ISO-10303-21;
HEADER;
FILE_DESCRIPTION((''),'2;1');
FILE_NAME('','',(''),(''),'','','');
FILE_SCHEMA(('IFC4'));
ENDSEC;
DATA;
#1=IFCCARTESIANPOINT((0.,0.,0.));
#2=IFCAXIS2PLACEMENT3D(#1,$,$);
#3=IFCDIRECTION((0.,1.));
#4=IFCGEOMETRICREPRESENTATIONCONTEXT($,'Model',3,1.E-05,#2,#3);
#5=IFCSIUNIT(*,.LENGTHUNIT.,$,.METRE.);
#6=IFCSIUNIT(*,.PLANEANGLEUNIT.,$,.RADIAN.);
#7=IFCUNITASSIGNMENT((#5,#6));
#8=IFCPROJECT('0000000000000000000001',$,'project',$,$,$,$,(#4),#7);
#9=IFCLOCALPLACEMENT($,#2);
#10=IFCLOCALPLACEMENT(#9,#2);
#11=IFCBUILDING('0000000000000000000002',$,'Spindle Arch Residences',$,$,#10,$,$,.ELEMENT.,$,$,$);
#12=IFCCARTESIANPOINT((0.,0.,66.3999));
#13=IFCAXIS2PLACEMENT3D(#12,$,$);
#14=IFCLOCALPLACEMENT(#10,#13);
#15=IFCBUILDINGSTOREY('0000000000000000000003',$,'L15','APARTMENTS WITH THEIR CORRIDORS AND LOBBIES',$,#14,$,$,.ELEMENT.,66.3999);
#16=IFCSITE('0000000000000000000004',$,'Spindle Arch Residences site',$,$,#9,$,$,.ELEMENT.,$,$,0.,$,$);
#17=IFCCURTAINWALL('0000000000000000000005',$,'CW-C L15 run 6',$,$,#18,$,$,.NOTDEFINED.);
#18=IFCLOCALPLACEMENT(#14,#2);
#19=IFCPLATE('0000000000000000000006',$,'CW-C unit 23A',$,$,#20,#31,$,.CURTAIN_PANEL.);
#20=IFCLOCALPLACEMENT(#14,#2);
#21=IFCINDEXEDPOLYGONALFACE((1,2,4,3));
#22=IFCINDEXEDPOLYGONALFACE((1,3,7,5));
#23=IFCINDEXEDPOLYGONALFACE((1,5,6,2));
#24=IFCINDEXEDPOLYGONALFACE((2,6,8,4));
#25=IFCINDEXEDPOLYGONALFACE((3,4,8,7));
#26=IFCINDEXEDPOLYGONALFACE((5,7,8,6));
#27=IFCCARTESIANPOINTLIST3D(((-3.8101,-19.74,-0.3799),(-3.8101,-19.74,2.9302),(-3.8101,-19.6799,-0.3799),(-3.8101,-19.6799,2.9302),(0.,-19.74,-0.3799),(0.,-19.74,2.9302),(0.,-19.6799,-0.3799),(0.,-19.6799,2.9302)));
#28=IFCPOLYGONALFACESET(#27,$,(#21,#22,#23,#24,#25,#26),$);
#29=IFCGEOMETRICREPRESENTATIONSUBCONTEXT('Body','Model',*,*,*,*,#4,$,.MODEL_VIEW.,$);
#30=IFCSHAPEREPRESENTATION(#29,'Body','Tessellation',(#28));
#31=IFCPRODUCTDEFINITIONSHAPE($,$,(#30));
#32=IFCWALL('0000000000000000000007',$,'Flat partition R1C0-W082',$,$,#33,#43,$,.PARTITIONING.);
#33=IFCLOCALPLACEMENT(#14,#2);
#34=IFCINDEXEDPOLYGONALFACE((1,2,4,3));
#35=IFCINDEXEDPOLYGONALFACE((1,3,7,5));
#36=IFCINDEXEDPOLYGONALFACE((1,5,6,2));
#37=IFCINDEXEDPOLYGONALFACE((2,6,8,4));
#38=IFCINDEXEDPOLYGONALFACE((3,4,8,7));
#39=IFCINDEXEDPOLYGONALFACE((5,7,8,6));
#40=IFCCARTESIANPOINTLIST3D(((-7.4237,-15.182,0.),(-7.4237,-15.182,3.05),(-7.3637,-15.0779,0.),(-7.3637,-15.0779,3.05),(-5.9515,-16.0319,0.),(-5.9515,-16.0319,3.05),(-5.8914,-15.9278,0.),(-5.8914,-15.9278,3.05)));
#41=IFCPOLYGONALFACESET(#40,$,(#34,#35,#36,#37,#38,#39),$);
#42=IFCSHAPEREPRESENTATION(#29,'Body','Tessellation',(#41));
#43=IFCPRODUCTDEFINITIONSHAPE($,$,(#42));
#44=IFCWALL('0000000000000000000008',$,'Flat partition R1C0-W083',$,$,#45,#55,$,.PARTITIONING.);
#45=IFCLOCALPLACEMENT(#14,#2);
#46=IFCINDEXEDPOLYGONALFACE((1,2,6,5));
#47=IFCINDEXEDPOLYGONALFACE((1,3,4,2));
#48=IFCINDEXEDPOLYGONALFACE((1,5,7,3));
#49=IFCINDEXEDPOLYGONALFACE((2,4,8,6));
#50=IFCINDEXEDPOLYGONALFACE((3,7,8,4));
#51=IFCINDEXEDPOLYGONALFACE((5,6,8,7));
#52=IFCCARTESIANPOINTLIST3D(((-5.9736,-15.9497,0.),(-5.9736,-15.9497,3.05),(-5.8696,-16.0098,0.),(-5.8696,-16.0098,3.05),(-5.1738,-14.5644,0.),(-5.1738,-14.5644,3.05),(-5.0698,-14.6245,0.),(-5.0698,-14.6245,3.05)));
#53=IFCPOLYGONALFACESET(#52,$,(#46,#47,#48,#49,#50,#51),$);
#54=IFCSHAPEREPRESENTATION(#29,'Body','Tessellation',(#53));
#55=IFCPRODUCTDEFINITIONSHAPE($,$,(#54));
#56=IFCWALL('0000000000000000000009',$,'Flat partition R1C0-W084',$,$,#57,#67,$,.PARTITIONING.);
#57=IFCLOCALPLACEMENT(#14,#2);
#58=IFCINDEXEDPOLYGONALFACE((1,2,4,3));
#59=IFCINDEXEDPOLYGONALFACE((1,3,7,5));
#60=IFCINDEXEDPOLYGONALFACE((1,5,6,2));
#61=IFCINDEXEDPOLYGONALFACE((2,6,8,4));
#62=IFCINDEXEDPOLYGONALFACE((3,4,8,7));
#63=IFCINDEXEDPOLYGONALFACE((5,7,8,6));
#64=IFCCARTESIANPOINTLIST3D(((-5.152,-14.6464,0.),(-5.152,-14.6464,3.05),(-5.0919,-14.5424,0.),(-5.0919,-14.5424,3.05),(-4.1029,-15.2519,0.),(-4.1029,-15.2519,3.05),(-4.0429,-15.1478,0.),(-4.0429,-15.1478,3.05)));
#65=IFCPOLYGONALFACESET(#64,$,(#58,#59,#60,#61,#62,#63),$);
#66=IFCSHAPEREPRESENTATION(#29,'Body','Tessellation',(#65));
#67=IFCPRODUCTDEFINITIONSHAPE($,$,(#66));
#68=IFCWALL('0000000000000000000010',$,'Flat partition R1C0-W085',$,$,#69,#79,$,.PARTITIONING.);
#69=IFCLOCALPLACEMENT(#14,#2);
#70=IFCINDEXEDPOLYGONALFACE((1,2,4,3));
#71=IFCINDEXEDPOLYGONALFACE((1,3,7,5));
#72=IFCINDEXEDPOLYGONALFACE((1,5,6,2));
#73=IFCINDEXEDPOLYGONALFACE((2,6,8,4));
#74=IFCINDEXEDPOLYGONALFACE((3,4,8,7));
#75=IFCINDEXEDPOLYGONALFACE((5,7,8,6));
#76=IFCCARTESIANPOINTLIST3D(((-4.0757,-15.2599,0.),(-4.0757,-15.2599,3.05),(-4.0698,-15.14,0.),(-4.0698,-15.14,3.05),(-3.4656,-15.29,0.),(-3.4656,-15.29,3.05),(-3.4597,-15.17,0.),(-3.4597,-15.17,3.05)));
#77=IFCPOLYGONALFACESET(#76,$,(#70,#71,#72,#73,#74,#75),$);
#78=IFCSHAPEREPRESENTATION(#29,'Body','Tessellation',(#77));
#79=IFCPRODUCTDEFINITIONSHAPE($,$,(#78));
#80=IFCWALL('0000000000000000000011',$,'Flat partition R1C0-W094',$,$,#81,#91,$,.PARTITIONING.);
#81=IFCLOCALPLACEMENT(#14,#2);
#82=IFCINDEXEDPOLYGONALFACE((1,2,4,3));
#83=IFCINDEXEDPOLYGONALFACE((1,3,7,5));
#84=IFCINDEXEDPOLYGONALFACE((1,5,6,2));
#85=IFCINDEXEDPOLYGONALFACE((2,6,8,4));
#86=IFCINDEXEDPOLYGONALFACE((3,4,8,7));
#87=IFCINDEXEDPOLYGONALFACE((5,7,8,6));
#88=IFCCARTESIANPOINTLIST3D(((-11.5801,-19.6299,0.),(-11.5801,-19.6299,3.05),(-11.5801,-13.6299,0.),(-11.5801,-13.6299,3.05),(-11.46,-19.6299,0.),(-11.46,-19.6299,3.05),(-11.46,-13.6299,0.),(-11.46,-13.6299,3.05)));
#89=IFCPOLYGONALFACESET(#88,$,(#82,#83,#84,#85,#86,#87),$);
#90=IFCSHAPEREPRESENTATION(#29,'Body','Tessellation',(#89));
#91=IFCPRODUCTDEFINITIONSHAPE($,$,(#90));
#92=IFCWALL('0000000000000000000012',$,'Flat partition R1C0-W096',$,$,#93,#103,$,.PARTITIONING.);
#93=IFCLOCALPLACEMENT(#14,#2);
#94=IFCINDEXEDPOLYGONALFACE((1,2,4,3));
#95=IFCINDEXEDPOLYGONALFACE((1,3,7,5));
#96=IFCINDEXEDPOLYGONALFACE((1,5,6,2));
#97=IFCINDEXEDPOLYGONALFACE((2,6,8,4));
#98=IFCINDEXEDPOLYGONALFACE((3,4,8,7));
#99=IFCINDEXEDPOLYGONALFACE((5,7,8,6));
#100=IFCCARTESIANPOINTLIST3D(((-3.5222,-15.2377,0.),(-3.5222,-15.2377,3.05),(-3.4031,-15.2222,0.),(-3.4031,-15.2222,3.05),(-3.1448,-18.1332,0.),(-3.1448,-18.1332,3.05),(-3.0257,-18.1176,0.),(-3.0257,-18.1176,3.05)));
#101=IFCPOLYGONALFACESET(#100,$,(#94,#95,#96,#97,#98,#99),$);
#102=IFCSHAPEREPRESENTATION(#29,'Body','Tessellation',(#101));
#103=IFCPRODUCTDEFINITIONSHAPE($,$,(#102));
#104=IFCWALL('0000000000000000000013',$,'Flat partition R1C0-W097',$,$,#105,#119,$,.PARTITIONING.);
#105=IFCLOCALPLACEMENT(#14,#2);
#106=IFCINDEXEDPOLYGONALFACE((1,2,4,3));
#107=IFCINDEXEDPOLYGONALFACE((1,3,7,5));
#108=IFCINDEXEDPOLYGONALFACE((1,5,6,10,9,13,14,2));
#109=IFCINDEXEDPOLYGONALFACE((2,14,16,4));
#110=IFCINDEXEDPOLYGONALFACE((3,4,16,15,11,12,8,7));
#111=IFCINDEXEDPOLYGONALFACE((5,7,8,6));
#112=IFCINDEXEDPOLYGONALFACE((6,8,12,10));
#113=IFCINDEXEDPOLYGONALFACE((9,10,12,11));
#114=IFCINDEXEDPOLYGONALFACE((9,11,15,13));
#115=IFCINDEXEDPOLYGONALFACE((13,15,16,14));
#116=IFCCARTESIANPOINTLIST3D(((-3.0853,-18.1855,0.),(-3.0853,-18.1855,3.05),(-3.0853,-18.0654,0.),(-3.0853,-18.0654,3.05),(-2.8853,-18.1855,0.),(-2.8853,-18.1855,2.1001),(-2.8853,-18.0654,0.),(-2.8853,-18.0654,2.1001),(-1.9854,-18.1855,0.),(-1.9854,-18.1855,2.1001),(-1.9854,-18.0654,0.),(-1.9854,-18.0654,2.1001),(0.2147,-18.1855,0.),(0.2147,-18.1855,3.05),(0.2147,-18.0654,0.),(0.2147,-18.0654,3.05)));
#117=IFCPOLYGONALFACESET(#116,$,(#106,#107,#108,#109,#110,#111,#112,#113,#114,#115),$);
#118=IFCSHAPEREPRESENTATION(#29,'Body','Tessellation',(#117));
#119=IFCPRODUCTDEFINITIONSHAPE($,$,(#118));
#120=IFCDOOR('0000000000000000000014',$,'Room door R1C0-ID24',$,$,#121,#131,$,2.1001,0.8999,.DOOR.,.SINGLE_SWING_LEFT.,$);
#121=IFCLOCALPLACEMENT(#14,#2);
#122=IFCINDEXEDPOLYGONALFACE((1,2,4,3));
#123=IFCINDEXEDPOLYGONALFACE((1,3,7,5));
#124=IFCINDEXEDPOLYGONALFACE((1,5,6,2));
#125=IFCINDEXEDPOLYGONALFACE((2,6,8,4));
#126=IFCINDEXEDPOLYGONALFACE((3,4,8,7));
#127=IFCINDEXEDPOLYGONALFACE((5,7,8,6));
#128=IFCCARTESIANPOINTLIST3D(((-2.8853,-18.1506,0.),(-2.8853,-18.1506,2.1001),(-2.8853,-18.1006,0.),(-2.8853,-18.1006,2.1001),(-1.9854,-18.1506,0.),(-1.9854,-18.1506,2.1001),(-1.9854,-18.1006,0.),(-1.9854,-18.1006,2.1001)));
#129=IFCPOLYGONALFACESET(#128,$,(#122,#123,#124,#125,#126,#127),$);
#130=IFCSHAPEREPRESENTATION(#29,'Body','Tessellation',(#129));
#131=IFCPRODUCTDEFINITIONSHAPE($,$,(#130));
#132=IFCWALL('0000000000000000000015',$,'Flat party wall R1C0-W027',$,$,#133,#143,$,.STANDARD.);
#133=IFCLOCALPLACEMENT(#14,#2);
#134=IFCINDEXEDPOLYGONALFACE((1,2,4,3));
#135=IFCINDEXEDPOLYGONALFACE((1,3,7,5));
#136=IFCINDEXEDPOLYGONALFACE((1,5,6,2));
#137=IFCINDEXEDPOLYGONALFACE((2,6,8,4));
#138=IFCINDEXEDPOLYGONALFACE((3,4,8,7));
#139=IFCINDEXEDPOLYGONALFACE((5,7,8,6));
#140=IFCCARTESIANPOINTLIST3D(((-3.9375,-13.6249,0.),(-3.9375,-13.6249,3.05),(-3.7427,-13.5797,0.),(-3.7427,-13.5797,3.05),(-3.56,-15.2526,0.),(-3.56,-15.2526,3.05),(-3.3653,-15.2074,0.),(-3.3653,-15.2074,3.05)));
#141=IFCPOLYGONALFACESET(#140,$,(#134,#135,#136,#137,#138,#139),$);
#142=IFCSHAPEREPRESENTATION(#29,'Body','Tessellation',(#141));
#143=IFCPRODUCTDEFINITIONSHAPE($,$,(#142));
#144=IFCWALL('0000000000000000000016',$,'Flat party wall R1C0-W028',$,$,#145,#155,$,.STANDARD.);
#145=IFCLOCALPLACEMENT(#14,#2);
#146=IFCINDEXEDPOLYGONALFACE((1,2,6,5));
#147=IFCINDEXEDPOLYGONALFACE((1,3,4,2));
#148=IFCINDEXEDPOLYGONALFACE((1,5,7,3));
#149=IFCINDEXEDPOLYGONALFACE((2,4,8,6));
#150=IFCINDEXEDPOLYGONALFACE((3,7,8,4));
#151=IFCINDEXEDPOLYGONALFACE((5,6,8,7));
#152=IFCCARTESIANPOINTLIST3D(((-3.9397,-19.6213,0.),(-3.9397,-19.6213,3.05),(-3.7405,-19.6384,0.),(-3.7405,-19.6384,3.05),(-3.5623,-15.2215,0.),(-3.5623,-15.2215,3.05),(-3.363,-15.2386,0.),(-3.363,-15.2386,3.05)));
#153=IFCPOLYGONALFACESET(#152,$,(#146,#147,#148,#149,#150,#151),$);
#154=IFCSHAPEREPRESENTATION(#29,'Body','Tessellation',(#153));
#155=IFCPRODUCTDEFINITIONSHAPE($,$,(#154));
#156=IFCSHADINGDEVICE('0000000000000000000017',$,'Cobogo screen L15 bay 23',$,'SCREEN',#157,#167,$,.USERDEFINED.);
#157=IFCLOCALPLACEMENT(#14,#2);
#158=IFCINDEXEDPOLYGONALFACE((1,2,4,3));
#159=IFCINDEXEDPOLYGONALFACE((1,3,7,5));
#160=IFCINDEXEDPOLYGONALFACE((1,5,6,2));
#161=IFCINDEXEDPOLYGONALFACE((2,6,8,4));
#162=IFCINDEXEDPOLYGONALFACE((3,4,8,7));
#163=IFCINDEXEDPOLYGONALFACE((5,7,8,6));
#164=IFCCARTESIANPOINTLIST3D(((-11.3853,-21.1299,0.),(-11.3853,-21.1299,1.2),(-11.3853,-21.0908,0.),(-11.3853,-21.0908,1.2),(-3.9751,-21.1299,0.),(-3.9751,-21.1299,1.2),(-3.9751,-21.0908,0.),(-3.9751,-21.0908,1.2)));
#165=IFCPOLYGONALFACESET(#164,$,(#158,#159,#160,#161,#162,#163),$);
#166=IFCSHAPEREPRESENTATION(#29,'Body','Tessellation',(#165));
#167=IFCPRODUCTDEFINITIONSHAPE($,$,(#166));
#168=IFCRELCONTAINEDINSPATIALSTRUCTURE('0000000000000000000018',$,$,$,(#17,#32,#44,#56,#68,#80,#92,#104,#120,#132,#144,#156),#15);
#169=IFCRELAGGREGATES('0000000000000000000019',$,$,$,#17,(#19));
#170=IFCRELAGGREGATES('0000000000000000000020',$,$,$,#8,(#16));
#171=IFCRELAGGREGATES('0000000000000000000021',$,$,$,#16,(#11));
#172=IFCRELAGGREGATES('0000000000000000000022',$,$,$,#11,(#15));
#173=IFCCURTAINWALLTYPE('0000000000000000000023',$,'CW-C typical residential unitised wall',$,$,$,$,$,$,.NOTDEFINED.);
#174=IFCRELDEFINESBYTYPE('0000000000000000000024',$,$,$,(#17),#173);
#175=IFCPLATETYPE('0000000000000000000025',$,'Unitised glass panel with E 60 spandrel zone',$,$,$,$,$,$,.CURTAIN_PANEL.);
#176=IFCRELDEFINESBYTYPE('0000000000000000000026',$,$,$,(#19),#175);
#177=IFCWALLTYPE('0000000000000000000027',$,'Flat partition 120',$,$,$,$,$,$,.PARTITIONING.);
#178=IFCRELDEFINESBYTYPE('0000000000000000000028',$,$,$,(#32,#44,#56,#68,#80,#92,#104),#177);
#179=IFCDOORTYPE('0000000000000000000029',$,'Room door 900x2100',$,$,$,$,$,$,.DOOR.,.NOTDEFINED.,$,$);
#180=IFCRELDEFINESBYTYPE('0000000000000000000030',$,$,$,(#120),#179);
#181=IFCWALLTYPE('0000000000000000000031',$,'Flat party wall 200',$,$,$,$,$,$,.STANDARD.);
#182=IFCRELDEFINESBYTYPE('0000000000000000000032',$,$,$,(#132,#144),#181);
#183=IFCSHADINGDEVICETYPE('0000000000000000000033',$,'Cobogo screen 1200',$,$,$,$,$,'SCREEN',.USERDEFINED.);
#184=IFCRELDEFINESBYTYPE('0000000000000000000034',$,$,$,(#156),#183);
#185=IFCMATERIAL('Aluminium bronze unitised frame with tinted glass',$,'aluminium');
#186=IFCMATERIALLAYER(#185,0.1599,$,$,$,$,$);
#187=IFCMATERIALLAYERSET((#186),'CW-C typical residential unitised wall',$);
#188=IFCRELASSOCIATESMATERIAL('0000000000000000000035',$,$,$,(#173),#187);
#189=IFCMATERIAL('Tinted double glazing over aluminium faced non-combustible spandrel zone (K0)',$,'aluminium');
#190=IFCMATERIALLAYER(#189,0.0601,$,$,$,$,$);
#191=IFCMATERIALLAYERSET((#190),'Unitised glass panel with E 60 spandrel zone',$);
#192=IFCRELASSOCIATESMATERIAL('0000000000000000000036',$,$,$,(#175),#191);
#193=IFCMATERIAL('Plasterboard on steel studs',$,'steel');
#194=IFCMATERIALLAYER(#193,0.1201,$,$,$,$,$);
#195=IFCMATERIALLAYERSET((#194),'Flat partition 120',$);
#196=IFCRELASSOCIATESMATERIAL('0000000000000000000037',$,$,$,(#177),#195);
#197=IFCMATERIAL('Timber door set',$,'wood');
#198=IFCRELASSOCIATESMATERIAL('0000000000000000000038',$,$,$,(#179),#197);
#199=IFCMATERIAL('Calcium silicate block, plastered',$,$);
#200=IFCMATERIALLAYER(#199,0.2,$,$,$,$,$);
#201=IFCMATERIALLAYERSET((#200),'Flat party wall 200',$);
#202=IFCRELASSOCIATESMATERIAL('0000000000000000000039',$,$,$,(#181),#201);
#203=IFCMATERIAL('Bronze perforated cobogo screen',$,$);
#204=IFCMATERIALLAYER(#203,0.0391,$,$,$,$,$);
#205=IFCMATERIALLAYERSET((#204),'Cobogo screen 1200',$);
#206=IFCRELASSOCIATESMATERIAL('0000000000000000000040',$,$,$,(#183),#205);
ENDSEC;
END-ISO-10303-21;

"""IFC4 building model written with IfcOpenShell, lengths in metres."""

from ifc_helpers import new_model, si_unit, direction, frame, frame_2d, origin, origin_2d, place, context, subcontext, project, spatial, rectangle, extrude, material, layer, layer_set, type_object, element, fill, aggregate, save


model = new_model("IFC4")

# Units and contexts
model_context = context("Model", 3, precision=1e-05, world=origin(), true_north=direction((0.0, 1.0)))
body_context = subcontext(model_context, "Body", "Model", "MODEL_VIEW")
ifc_project = project(units=[si_unit("LENGTHUNIT", "METRE"), si_unit("PLANEANGLEUNIT", "RADIAN")], contexts=[model_context])

# Site, building, storey
site_placement = place(None, origin())
site = spatial("IfcSite", under=ifc_project, at=site_placement, Name="Spindle Arch Residences site", CompositionType="ELEMENT", RefElevation=0.0)
building_placement = place(site_placement, origin())
building = spatial("IfcBuilding", under=site, at=building_placement, Name="Spindle Arch Residences", CompositionType="ELEMENT")
storey_placement = place(building_placement, frame((0.0, 0.0, 66.3999)))
storey = spatial("IfcBuildingStorey", under=building, at=storey_placement, Name="L15", Description="APARTMENTS WITH THEIR CORRIDORS AND LOBBIES", CompositionType="ELEMENT", Elevation=66.3999)

# Curtain wall
ifc_material_1 = material(Name="Aluminium bronze unitised frame with tinted glass", Category="aluminium")
ifc_layer_1 = layer(ifc_material_1, 0.1599)
ifc_layer_set_1 = layer_set([ifc_layer_1], Name="CW-C typical residential unitised wall")
curtain_wall_type = type_object("IfcCurtainWallType", Name="CW-C typical residential unitised wall", PredefinedType="NOTDEFINED", material=ifc_layer_set_1)
curtain_wall_placement = place(storey_placement, origin())
curtain_wall = element("IfcCurtainWall", 1, at=curtain_wall_placement, inside=storey, type_object=curtain_wall_type, Name="CW-C L15 run 6", PredefinedType="NOTDEFINED")

# Plate
ifc_material_2 = material(Name="Tinted double glazing over aluminium faced non-combustible spandrel zone (K0)", Category="aluminium")
ifc_layer_2 = layer(ifc_material_2, 0.0601)
ifc_layer_set_2 = layer_set([ifc_layer_2], Name="Unitised glass panel with E 60 spandrel zone")
plate_type = type_object("IfcPlateType", Name="Unitised glass panel with E 60 spandrel zone", PredefinedType="CURTAIN_PANEL", material=ifc_layer_set_2)
plate_1_placement = place(storey_placement, frame((-1.905, -19.71, -0.3799), z_axis=(0.0, 0.0, 1.0), x_axis=(1.0, 0.0, 0.0)))
plate_1 = element("IfcPlate", 2, at=plate_1_placement, type_object=plate_type, Name="CW-C unit 23A", PredefinedType="CURTAIN_PANEL", context=body_context, shape_type="SweptSolid", body=[
    extrude(rectangle(XDim=3.8101, YDim=0.0601, at=origin_2d()), origin(), (0.0, 0.0, 1.0), 3.3101),
])
aggregate(curtain_wall, [plate_1])

# Walls
ifc_material_3 = material(Name="Plasterboard on steel studs", Category="steel")
ifc_layer_3 = layer(ifc_material_3, 0.1201)
ifc_layer_set_3 = layer_set([ifc_layer_3], Name="Flat partition 120")
wall_type_1 = type_object("IfcWallType", Name="Flat partition 120", PredefinedType="PARTITIONING", material=ifc_layer_set_3)
wall_1_placement = place(storey_placement, frame((-7.3938, -15.1299, 0.0), z_axis=(0.0, 0.0, 1.0), x_axis=(0.866052, -0.499955, 0.0)))
element("IfcWall", 3, at=wall_1_placement, inside=storey, type_object=wall_type_1, Name="Flat partition R1C0-W082", PredefinedType="PARTITIONING", context=body_context, shape_type="SweptSolid", body=[
    extrude(rectangle(XDim=1.7, YDim=0.1201, at=frame_2d((0.8501, 0.0))), origin(), (0.0, 0.0, 1.0), 3.05),
])
wall_2_placement = place(storey_placement, frame((-5.9216, -15.9797, 0.0), z_axis=(0.0, 0.0, 1.0), x_axis=(0.500013, 0.866018, 0.0)))
element("IfcWall", 4, at=wall_2_placement, inside=storey, type_object=wall_type_1, Name="Flat partition R1C0-W083", PredefinedType="PARTITIONING", context=body_context, shape_type="SweptSolid", body=[
    extrude(rectangle(XDim=1.5996, YDim=0.1201, at=frame_2d((0.7998, 0.0))), origin(), (0.0, 0.0, 1.0), 3.05),
])
wall_3_placement = place(storey_placement, frame((-5.1218, -14.5945, 0.0), z_axis=(0.0, 0.0, 1.0), x_axis=(0.866102, -0.499868, 0.0)))
element("IfcWall", 5, at=wall_3_placement, inside=storey, type_object=wall_type_1, Name="Flat partition R1C0-W084", PredefinedType="PARTITIONING", context=body_context, shape_type="SweptSolid", body=[
    extrude(rectangle(XDim=1.2112, YDim=0.1201, at=frame_2d((0.6055, 0.0))), origin(), (0.0, 0.0, 1.0), 3.05),
])
wall_4_placement = place(storey_placement, frame((-4.0728, -15.2, 0.0), z_axis=(0.0, 0.0, 1.0), x_axis=(0.998791, -0.04916, 0.0)))
element("IfcWall", 6, at=wall_4_placement, inside=storey, type_object=wall_type_1, Name="Flat partition R1C0-W085", PredefinedType="PARTITIONING", context=body_context, shape_type="SweptSolid", body=[
    extrude(rectangle(XDim=0.6108, YDim=0.1201, at=frame_2d((0.3054, 0.0))), origin(), (0.0, 0.0, 1.0), 3.05),
])
wall_5_placement = place(storey_placement, frame((-11.52, -19.6299, 0.0), z_axis=(0.0, 0.0, 1.0), x_axis=(0.0, 1.0, 0.0)))
element("IfcWall", 7, at=wall_5_placement, inside=storey, type_object=wall_type_1, Name="Flat partition R1C0-W094", PredefinedType="PARTITIONING", context=body_context, shape_type="SweptSolid", body=[
    extrude(rectangle(XDim=6.0, YDim=0.1201, at=frame_2d((3.0, 0.0))), origin(), (0.0, 0.0, 1.0), 3.05),
])
wall_6_placement = place(storey_placement, frame((-3.4626, -15.23, 0.0), z_axis=(0.0, 0.0, 1.0), x_axis=(0.129261, -0.991611, 0.0)))
element("IfcWall", 8, at=wall_6_placement, inside=storey, type_object=wall_type_1, Name="Flat partition R1C0-W096", PredefinedType="PARTITIONING", context=body_context, shape_type="SweptSolid", body=[
    extrude(rectangle(XDim=2.9199, YDim=0.1201, at=frame_2d((1.46, 0.0))), origin(), (0.0, 0.0, 1.0), 3.05),
])

# Wall, opening, door
wall_7_placement = place(storey_placement, frame((-3.0852, -18.1255, 0.0), z_axis=(0.0, 0.0, 1.0), x_axis=(1.0, 0.0, 0.0)))
wall_7 = element("IfcWall", 9, at=wall_7_placement, inside=storey, type_object=wall_type_1, Name="Flat partition R1C0-W097", PredefinedType="PARTITIONING", context=body_context, shape_type="SweptSolid", body=[
    extrude(rectangle(XDim=3.3, YDim=0.1201, at=frame_2d((1.6499, 0.0))), origin(), (0.0, 0.0, 1.0), 3.05),
])
opening_1_placement = place(wall_7_placement, frame((0.2, 0.0, 0.0)))
opening_1 = element("IfcOpeningElement", 10, at=opening_1_placement, cuts=wall_7, PredefinedType="OPENING", context=body_context, shape_type="SweptSolid", body=[
    extrude(rectangle(XDim=0.8999, YDim=2.1001, at=frame_2d((0.45, 1.05))), frame((0.0, 0.0701, 0.0), z_axis=(0.0, -1.0, 0.0), x_axis=(1.0, 0.0, 0.0)), (0.0, 0.0, 1.0), 0.1401),
])
ifc_material_4 = material(Name="Timber door set", Category="wood")
door_type_1 = type_object("IfcDoorType", Name="Room door 900x2100", OperationType="NOTDEFINED", PredefinedType="DOOR", material=ifc_material_4)
door_1_placement = place(opening_1_placement, origin())
door_1 = element("IfcDoor", 11, at=door_1_placement, inside=storey, type_object=door_type_1, Name="Room door R1C0-ID24", OperationType="SINGLE_SWING_LEFT", OverallHeight=2.1001, OverallWidth=0.8999, PredefinedType="DOOR", context=body_context, shape_type="SweptSolid", body=[
    extrude(rectangle(XDim=0.8999, YDim=2.1001, at=frame_2d((0.45, 1.05))), frame((0.0, 0.0249, 0.0), z_axis=(0.0, -1.0, 0.0), x_axis=(1.0, 0.0, 0.0)), (0.0, 0.0, 1.0), 0.05),
])
fill(opening_1, door_1)

# Walls
ifc_material_5 = material(Name="Calcium silicate block, plastered")
ifc_layer_4 = layer(ifc_material_5, 0.2)
ifc_layer_set_4 = layer_set([ifc_layer_4], Name="Flat party wall 200")
wall_type_2 = type_object("IfcWallType", Name="Flat party wall 200", PredefinedType="STANDARD", material=ifc_layer_set_4)
wall_8_placement = place(storey_placement, frame((-3.4626, -15.23, 0.0), z_axis=(0.0, 0.0, 1.0), x_axis=(-0.225895, 0.974152, 0.0)))
element("IfcWall", 12, at=wall_8_placement, inside=storey, type_object=wall_type_2, Name="Flat party wall R1C0-W027", PredefinedType="STANDARD", context=body_context, shape_type="SweptSolid", body=[
    extrude(rectangle(XDim=1.6709, YDim=0.2, at=frame_2d((0.8354, 0.0))), origin(), (0.0, 0.0, 1.0), 3.05),
])
wall_9_placement = place(storey_placement, frame((-3.8401, -19.6299, 0.0), z_axis=(0.0, 0.0, 1.0), x_axis=(0.08547, 0.996341, 0.0)))
element("IfcWall", 13, at=wall_9_placement, inside=storey, type_object=wall_type_2, Name="Flat party wall R1C0-W028", PredefinedType="STANDARD", context=body_context, shape_type="SweptSolid", body=[
    extrude(rectangle(XDim=4.416, YDim=0.2, at=frame_2d((2.208, 0.0))), origin(), (0.0, 0.0, 1.0), 3.05),
])

# Shading device
ifc_material_6 = material(Name="Bronze perforated cobogo screen")
ifc_layer_5 = layer(ifc_material_6, 0.0391)
ifc_layer_set_5 = layer_set([ifc_layer_5], Name="Cobogo screen 1200")
shading_device_type = type_object("IfcShadingDeviceType", Name="Cobogo screen 1200", ElementType="SCREEN", PredefinedType="USERDEFINED", material=ifc_layer_set_5)
shading_device_placement = place(storey_placement, frame((-7.6802, -21.1104, 0.0), z_axis=(0.0, 0.0, 1.0), x_axis=(1.0, 0.0, 0.0)))
element("IfcShadingDevice", 14, at=shading_device_placement, inside=storey, type_object=shading_device_type, Name="Cobogo screen L15 bay 23", ObjectType="SCREEN", PredefinedType="USERDEFINED", context=body_context, shape_type="SweptSolid", body=[
    extrude(rectangle(XDim=7.4102, YDim=0.0391, at=origin_2d()), origin(), (0.0, 0.0, 1.0), 1.2),
])

save(model, "model.ifc")
